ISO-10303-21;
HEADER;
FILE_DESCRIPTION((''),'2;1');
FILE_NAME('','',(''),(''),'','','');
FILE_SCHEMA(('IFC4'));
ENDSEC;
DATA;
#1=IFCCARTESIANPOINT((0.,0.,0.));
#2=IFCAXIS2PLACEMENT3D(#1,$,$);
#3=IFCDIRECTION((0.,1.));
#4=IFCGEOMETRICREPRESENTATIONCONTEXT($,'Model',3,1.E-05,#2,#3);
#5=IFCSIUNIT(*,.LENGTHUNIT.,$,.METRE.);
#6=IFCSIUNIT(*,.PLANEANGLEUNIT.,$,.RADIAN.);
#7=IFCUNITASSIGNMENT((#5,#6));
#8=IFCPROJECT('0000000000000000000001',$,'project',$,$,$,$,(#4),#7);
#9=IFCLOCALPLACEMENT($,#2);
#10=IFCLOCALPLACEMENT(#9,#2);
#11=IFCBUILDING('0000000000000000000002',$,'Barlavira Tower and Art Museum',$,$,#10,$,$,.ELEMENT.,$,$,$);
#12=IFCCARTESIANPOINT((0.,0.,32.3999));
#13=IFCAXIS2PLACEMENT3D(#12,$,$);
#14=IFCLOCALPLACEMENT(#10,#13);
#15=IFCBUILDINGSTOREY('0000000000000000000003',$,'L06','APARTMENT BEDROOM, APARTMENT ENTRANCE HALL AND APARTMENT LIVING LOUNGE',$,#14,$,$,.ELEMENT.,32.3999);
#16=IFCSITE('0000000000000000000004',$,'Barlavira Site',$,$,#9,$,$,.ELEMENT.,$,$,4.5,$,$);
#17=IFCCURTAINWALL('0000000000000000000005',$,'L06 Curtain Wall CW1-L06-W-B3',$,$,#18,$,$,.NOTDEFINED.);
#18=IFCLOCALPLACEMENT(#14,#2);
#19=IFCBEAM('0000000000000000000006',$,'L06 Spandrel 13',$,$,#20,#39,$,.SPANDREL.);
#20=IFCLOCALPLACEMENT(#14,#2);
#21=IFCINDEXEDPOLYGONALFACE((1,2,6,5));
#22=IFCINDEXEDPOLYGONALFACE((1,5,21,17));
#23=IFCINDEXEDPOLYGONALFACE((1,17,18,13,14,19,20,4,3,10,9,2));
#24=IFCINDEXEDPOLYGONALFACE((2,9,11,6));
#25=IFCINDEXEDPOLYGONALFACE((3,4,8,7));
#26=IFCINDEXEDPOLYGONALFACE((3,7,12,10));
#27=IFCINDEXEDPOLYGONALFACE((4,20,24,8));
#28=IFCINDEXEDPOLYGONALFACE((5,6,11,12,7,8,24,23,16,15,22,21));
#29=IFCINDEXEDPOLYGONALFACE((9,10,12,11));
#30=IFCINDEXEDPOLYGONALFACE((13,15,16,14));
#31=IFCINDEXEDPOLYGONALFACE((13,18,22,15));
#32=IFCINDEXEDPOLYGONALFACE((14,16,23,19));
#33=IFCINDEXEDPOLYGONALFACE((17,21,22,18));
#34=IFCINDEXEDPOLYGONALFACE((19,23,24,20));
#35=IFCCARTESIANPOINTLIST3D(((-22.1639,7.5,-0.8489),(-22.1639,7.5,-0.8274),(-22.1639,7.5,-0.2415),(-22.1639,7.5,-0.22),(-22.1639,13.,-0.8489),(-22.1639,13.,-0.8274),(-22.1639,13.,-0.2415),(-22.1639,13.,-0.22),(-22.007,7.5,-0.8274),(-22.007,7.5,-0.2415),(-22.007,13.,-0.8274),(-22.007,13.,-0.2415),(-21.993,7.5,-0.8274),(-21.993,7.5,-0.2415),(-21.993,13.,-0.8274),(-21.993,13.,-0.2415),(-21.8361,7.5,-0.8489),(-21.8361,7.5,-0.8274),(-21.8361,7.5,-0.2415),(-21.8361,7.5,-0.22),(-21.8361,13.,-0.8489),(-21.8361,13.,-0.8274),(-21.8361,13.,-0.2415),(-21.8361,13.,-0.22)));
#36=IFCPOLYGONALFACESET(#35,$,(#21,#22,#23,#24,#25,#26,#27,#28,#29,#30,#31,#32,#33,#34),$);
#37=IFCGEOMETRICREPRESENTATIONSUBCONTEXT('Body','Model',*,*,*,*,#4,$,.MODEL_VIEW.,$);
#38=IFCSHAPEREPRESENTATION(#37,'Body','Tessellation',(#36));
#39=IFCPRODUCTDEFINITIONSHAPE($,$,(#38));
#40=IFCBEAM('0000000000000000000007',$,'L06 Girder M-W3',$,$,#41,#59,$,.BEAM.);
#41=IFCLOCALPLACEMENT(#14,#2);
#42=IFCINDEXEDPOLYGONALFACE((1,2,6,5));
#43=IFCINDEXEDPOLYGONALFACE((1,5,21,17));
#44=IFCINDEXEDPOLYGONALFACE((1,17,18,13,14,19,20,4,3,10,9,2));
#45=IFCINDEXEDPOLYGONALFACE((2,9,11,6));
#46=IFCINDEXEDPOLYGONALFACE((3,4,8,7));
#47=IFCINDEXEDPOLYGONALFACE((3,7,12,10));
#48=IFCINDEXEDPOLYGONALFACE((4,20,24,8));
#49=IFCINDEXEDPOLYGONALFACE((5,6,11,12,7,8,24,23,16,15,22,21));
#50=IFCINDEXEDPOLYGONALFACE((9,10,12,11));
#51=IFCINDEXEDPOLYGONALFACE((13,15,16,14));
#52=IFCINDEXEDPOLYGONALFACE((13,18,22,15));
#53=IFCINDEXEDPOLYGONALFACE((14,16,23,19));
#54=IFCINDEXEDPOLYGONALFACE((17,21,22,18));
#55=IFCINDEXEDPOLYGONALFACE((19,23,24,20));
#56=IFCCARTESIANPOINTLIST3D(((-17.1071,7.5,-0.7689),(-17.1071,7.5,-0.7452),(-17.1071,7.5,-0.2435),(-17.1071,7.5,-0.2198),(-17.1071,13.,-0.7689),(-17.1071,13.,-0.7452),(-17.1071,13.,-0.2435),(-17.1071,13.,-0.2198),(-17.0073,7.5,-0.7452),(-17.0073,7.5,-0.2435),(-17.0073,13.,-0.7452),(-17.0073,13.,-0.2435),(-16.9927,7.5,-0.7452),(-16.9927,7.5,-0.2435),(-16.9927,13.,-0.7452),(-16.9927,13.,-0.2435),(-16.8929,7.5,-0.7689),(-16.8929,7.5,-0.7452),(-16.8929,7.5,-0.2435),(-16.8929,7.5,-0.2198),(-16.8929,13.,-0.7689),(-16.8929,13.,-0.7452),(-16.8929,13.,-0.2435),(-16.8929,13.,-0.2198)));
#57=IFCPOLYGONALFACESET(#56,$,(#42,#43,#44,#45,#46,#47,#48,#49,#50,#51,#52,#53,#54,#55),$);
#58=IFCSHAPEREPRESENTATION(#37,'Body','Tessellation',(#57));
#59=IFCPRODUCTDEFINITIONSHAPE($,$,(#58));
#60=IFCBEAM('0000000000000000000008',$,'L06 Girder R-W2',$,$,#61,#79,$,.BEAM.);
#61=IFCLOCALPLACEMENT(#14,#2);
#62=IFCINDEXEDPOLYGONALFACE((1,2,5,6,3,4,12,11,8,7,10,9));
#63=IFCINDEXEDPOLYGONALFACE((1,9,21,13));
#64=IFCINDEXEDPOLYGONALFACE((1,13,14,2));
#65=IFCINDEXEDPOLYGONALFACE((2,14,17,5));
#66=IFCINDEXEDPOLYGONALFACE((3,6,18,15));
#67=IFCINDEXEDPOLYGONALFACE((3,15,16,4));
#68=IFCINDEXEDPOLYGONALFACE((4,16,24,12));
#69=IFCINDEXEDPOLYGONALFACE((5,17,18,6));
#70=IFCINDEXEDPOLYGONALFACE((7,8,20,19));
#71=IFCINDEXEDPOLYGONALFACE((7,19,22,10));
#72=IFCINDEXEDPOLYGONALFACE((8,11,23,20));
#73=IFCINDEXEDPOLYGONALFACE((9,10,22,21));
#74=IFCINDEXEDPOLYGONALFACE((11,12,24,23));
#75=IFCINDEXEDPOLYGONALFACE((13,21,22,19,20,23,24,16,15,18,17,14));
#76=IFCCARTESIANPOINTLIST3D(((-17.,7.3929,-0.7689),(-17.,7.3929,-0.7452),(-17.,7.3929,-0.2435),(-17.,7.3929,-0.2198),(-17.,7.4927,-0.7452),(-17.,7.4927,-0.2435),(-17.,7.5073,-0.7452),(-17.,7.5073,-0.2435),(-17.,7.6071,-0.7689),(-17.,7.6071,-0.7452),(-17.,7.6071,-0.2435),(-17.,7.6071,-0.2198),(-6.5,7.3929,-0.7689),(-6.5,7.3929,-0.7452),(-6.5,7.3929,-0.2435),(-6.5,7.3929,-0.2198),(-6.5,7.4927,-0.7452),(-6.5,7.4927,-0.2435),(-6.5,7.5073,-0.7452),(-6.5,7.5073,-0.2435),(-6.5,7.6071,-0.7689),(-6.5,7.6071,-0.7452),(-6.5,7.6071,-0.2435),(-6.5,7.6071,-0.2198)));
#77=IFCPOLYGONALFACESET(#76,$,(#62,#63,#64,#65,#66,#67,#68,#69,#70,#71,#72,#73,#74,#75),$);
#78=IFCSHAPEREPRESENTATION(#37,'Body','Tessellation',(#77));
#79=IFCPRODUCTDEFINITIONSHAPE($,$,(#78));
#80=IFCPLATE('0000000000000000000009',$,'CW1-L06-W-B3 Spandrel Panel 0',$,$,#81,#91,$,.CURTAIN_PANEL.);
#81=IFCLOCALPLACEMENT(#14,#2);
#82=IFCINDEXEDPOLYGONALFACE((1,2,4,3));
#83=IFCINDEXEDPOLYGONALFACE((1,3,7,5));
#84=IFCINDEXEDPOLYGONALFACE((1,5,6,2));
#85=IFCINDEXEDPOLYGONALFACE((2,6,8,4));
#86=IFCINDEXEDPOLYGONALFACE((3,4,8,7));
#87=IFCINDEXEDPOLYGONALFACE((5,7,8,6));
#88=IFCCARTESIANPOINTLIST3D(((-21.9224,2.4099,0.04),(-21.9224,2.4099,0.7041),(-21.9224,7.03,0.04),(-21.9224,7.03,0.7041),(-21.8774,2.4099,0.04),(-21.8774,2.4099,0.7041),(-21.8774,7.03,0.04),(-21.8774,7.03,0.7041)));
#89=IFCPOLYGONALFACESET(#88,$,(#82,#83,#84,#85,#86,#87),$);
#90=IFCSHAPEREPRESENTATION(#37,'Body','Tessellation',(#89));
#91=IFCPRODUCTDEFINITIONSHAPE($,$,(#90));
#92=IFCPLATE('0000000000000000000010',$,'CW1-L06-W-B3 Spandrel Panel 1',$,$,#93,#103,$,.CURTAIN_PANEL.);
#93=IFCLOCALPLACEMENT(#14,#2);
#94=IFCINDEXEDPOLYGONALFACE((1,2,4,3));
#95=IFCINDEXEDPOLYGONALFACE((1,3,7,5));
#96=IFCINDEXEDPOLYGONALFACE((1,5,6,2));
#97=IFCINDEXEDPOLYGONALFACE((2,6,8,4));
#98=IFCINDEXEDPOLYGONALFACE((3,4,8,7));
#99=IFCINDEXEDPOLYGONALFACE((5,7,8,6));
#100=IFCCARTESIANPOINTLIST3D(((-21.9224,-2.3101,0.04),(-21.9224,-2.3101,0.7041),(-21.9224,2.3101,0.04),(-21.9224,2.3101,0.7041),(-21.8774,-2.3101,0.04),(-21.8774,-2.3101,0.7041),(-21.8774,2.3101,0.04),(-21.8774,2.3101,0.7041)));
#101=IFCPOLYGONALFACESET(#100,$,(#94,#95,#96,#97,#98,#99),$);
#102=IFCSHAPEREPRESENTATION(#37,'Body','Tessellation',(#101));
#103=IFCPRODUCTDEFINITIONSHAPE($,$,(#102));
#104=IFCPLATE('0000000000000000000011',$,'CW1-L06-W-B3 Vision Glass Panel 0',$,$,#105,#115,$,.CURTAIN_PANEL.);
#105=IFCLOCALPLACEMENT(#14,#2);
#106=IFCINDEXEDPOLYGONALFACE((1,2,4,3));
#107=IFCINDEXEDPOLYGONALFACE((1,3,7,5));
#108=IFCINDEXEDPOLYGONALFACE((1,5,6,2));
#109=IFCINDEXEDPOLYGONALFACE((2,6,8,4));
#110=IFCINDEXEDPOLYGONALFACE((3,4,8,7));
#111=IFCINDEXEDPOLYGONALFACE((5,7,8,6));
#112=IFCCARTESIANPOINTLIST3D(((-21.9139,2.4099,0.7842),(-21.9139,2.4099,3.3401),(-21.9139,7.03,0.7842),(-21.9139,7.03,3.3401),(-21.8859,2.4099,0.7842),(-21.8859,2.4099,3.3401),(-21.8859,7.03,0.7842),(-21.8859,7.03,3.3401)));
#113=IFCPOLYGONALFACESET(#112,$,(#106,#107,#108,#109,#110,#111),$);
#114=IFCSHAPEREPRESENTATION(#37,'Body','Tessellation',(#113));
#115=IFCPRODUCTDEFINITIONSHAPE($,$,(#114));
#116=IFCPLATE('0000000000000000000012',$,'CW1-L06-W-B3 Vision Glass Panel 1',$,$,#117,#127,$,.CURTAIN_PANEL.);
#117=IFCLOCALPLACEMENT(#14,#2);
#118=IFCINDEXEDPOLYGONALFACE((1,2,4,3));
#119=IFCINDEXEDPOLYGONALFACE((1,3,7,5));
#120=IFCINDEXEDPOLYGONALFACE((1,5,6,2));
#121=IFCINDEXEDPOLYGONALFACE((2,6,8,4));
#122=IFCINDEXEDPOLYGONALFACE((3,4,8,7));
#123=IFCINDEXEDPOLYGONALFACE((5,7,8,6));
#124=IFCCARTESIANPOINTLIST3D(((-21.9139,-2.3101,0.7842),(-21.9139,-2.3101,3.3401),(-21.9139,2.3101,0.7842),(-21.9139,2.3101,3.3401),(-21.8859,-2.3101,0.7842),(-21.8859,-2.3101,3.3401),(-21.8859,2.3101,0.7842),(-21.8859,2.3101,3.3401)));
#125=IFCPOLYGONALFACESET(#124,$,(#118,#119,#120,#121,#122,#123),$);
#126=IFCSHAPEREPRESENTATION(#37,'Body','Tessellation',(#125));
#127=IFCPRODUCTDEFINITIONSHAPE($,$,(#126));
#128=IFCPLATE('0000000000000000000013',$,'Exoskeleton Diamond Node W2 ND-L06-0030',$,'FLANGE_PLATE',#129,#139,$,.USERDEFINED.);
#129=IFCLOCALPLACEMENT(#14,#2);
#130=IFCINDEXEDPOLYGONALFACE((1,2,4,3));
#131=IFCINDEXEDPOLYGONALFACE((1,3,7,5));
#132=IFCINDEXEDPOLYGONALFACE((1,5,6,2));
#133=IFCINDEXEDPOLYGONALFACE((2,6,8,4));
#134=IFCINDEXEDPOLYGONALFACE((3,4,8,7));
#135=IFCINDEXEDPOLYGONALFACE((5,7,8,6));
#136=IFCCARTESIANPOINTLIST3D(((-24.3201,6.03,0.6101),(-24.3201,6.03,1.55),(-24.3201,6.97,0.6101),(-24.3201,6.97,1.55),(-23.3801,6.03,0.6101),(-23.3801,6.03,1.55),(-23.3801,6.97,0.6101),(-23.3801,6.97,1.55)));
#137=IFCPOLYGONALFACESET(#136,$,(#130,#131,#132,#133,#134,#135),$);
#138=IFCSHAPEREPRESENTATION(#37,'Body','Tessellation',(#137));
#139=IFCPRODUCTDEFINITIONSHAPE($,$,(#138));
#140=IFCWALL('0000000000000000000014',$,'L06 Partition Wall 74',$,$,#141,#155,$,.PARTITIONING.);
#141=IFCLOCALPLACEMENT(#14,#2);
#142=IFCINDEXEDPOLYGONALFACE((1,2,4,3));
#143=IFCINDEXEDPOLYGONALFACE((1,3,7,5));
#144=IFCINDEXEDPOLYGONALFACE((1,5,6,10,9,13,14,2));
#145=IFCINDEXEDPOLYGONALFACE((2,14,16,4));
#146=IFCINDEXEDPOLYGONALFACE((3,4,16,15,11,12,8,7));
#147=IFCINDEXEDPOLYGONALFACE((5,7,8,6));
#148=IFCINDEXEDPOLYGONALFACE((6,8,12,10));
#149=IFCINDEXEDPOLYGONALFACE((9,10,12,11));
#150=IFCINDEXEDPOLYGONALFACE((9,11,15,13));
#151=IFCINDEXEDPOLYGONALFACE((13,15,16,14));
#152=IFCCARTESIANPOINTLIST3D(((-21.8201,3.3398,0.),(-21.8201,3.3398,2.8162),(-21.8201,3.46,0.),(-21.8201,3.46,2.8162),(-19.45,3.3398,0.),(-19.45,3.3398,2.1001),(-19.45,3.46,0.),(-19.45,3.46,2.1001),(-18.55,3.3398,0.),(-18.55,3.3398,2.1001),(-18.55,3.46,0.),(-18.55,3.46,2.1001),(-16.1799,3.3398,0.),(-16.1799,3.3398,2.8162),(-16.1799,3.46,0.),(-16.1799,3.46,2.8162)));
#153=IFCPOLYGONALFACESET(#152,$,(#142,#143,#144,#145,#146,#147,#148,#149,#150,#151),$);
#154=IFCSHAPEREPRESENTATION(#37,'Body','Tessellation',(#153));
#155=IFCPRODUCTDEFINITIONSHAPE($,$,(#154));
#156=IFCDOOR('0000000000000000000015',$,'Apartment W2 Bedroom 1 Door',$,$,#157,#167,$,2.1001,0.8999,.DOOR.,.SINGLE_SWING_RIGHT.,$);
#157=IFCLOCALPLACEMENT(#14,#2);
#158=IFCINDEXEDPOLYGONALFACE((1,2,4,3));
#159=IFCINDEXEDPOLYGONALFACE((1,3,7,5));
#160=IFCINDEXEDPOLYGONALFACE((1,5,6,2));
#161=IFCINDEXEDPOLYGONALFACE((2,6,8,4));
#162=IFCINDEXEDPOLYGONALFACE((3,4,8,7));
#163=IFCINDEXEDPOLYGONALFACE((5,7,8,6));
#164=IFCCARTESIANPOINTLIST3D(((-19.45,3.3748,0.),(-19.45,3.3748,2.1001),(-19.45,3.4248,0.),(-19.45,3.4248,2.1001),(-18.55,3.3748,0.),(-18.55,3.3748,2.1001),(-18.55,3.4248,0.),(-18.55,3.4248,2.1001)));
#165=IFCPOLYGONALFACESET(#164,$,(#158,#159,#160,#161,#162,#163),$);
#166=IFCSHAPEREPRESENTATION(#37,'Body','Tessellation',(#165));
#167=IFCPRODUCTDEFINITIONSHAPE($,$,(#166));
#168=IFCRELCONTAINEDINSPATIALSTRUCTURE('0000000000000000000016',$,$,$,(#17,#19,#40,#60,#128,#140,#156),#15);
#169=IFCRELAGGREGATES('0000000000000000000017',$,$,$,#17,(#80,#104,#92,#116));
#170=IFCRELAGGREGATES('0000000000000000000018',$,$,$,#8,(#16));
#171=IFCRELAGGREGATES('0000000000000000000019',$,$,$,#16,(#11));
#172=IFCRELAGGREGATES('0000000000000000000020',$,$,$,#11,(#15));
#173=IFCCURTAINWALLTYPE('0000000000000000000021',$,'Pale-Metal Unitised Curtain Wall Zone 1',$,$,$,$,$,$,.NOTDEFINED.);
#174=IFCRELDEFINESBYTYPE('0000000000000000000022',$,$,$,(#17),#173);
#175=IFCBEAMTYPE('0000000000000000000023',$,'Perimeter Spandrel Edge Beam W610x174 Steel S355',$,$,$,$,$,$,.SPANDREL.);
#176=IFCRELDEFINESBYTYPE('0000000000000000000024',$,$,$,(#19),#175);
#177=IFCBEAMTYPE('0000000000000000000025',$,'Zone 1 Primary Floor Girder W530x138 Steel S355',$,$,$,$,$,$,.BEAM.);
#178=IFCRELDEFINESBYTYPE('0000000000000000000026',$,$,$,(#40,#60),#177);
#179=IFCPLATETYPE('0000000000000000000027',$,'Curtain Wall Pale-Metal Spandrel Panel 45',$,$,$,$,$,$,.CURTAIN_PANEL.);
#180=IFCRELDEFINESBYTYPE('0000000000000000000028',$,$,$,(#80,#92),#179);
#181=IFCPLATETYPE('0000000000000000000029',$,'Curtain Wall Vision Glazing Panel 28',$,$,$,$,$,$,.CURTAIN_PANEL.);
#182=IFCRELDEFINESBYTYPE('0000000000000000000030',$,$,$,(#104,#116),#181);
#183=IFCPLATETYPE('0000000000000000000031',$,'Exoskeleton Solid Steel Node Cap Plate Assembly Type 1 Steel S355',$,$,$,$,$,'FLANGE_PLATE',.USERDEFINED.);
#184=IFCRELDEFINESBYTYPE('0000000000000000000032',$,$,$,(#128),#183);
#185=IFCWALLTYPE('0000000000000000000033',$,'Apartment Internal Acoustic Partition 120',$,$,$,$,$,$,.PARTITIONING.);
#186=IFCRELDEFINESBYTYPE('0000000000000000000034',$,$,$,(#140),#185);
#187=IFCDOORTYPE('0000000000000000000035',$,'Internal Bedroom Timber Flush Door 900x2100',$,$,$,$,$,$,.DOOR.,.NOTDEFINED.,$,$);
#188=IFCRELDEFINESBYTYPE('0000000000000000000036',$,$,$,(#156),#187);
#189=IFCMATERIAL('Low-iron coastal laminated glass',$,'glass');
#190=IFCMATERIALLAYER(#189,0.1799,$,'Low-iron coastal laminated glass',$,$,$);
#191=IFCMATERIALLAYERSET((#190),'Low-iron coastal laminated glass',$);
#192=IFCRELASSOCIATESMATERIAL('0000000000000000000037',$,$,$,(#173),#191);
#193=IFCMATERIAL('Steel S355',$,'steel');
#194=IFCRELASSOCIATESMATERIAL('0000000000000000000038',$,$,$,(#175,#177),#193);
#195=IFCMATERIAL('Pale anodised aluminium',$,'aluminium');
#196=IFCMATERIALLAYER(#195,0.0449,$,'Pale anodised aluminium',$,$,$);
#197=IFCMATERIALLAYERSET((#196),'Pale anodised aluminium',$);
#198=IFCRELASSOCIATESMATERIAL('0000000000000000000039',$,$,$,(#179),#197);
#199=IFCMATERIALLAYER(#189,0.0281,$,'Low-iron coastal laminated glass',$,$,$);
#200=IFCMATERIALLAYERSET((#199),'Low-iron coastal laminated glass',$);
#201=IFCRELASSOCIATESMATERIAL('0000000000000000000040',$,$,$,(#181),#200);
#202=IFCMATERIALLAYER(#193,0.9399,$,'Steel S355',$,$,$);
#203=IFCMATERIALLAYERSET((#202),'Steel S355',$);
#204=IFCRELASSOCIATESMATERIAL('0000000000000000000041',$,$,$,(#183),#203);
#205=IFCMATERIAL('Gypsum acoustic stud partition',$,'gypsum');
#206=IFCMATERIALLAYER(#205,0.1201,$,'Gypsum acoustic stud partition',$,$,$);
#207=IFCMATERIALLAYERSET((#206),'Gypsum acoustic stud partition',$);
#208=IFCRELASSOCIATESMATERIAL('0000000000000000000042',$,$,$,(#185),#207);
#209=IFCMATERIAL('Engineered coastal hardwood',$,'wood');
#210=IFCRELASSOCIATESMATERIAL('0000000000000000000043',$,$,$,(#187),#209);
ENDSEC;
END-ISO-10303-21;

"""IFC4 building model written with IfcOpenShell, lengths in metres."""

from ifc_helpers import new_model, si_unit, direction, frame, frame_2d, origin, origin_2d, place, context, subcontext, project, spatial, rectangle, i_section, extrude, material, layer, layer_set, material_profile, profile_set, type_object, element, fill, aggregate, save


model = new_model("IFC4")

# Units and contexts
model_context = context("Model", 3, precision=1e-05, world=origin(), true_north=direction((0.0, 1.0)))
body_context = subcontext(model_context, "Body", "Model", "MODEL_VIEW")
ifc_project = project(units=[si_unit("LENGTHUNIT", "METRE"), si_unit("PLANEANGLEUNIT", "RADIAN")], contexts=[model_context])

# Site, building, storey
site_placement = place(None, origin())
site = spatial("IfcSite", under=ifc_project, at=site_placement, Name="Barlavira Site", CompositionType="ELEMENT", RefElevation=4.5)
building_placement = place(site_placement, origin())
building = spatial("IfcBuilding", under=site, at=building_placement, Name="Barlavira Tower and Art Museum", CompositionType="ELEMENT")
storey_placement = place(building_placement, frame((0.0, 0.0, 32.3999)))
storey = spatial("IfcBuildingStorey", under=building, at=storey_placement, Name="L06", Description="APARTMENT BEDROOM, APARTMENT ENTRANCE HALL AND APARTMENT LIVING LOUNGE", CompositionType="ELEMENT", Elevation=32.3999)

# Curtain wall
ifc_material_1 = material(Name="Low-iron coastal laminated glass", Category="glass")
ifc_layer_1 = layer(ifc_material_1, 0.1799, Name="Low-iron coastal laminated glass")
ifc_layer_set_1 = layer_set([ifc_layer_1], Name="Low-iron coastal laminated glass")
curtain_wall_type = type_object("IfcCurtainWallType", Name="Pale-Metal Unitised Curtain Wall Zone 1", PredefinedType="NOTDEFINED", material=ifc_layer_set_1)
curtain_wall_placement = place(storey_placement, origin())
curtain_wall = element("IfcCurtainWall", 1, at=curtain_wall_placement, inside=storey, type_object=curtain_wall_type, Name="L06 Curtain Wall CW1-L06-W-B3", PredefinedType="NOTDEFINED")
ifc_material_2 = material(Name="Pale anodised aluminium", Category="aluminium")

# Beams
ifc_material_3 = material(Name="Steel S355", Category="steel")
ifc_material_profile_1 = material_profile(ifc_material_3, i_section(OverallWidth=0.3279, OverallDepth=0.6289, WebThickness=0.0139, FlangeThickness=0.0215, at=origin_2d()), Name="W610x174.0")
ifc_profile_set_1 = profile_set([ifc_material_profile_1], Name="Steel S355")
beam_type_1 = type_object("IfcBeamType", Name="Perimeter Spandrel Edge Beam W610x174 Steel S355", PredefinedType="SPANDREL", material=ifc_profile_set_1)
beam_1_placement = place(storey_placement, frame((-22.0, 7.5, -0.5344), z_axis=(0.0, 1.0, 0.0), x_axis=(-1.0, 0.0, 0.0)))
element("IfcBeam", 2, at=beam_1_placement, inside=storey, type_object=beam_type_1, Name="L06 Spandrel 13", PredefinedType="SPANDREL", context=body_context, shape_type="SweptSolid", body=[
    extrude(i_section(OverallWidth=0.3279, OverallDepth=0.6289, WebThickness=0.0139, FlangeThickness=0.0215, at=origin_2d()), origin(), (0.0, 0.0, 1.0), 5.5),
])
ifc_material_profile_2 = material_profile(ifc_material_3, i_section(OverallWidth=0.2141, OverallDepth=0.5491, WebThickness=0.0146, FlangeThickness=0.0237, at=origin_2d()), Name="W530x138.0")
ifc_profile_set_2 = profile_set([ifc_material_profile_2], Name="Steel S355")
beam_type_2 = type_object("IfcBeamType", Name="Zone 1 Primary Floor Girder W530x138 Steel S355", PredefinedType="BEAM", material=ifc_profile_set_2)
beam_2_placement = place(storey_placement, frame((-17.0, 7.5, -0.4944), z_axis=(0.0, 1.0, 0.0), x_axis=(-1.0, 0.0, 0.0)))
element("IfcBeam", 3, at=beam_2_placement, inside=storey, type_object=beam_type_2, Name="L06 Girder M-W3", PredefinedType="BEAM", context=body_context, shape_type="SweptSolid", body=[
    extrude(i_section(OverallWidth=0.2141, OverallDepth=0.5491, WebThickness=0.0146, FlangeThickness=0.0237, at=origin_2d()), origin(), (0.0, 0.0, 1.0), 5.5),
])
beam_3_placement = place(storey_placement, frame((-17.0, 7.5, -0.4944), z_axis=(1.0, 0.0, 0.0), x_axis=(0.0, 1.0, 0.0)))
element("IfcBeam", 4, at=beam_3_placement, inside=storey, type_object=beam_type_2, Name="L06 Girder R-W2", PredefinedType="BEAM", context=body_context, shape_type="SweptSolid", body=[
    extrude(i_section(OverallWidth=0.2141, OverallDepth=0.5491, WebThickness=0.0146, FlangeThickness=0.0237, at=origin_2d()), origin(), (0.0, 0.0, 1.0), 10.5),
])

# Plates
ifc_layer_2 = layer(ifc_material_2, 0.0449, Name="Pale anodised aluminium")
ifc_layer_set_2 = layer_set([ifc_layer_2], Name="Pale anodised aluminium")
plate_type_1 = type_object("IfcPlateType", Name="Curtain Wall Pale-Metal Spandrel Panel 45", PredefinedType="CURTAIN_PANEL", material=ifc_layer_set_2)
plate_1_placement = place(storey_placement, frame((-21.8999, 4.72, 0.04), z_axis=(0.0, 0.0, 1.0), x_axis=(0.0, -1.0, 0.0)))
plate_1 = element("IfcPlate", 5, at=plate_1_placement, type_object=plate_type_1, Name="CW1-L06-W-B3 Spandrel Panel 0", PredefinedType="CURTAIN_PANEL", context=body_context, shape_type="SweptSolid", body=[
    extrude(rectangle(XDim=4.6201, YDim=0.0449, at=origin_2d()), origin(), (0.0, 0.0, 1.0), 0.6641),
])
plate_2_placement = place(storey_placement, frame((-21.8999, 0.0, 0.04), z_axis=(0.0, 0.0, 1.0), x_axis=(0.0, -1.0, 0.0)))
plate_2 = element("IfcPlate", 6, at=plate_2_placement, type_object=plate_type_1, Name="CW1-L06-W-B3 Spandrel Panel 1", PredefinedType="CURTAIN_PANEL", context=body_context, shape_type="SweptSolid", body=[
    extrude(rectangle(XDim=4.6201, YDim=0.0449, at=origin_2d()), origin(), (0.0, 0.0, 1.0), 0.6641),
])
ifc_layer_3 = layer(ifc_material_1, 0.0281, Name="Low-iron coastal laminated glass")
ifc_layer_set_3 = layer_set([ifc_layer_3], Name="Low-iron coastal laminated glass")
plate_type_2 = type_object("IfcPlateType", Name="Curtain Wall Vision Glazing Panel 28", PredefinedType="CURTAIN_PANEL", material=ifc_layer_set_3)
plate_3_placement = place(storey_placement, frame((-21.8999, 4.72, 0.7842), z_axis=(0.0, 0.0, 1.0), x_axis=(0.0, -1.0, 0.0)))
plate_3 = element("IfcPlate", 7, at=plate_3_placement, type_object=plate_type_2, Name="CW1-L06-W-B3 Vision Glass Panel 0", PredefinedType="CURTAIN_PANEL", context=body_context, shape_type="SweptSolid", body=[
    extrude(rectangle(XDim=4.6201, YDim=0.0281, at=origin_2d()), origin(), (0.0, 0.0, 1.0), 2.5559),
])
plate_4_placement = place(storey_placement, frame((-21.8999, 0.0, 0.7842), z_axis=(0.0, 0.0, 1.0), x_axis=(0.0, -1.0, 0.0)))
plate_4 = element("IfcPlate", 8, at=plate_4_placement, type_object=plate_type_2, Name="CW1-L06-W-B3 Vision Glass Panel 1", PredefinedType="CURTAIN_PANEL", context=body_context, shape_type="SweptSolid", body=[
    extrude(rectangle(XDim=4.6201, YDim=0.0281, at=origin_2d()), origin(), (0.0, 0.0, 1.0), 2.5559),
])
aggregate(curtain_wall, [plate_1, plate_3, plate_2, plate_4])
ifc_layer_4 = layer(ifc_material_3, 0.9399, Name="Steel S355")
ifc_layer_set_4 = layer_set([ifc_layer_4], Name="Steel S355")
plate_type_3 = type_object("IfcPlateType", Name="Exoskeleton Solid Steel Node Cap Plate Assembly Type 1 Steel S355", ElementType="FLANGE_PLATE", PredefinedType="USERDEFINED", material=ifc_layer_set_4)
plate_5_placement = place(storey_placement, frame((-23.8501, 6.5, 0.6101), z_axis=(0.0, 0.0, 1.0), x_axis=(1.0, 0.0, 0.0)))
element("IfcPlate", 9, at=plate_5_placement, inside=storey, type_object=plate_type_3, Name="Exoskeleton Diamond Node W2 ND-L06-0030", ObjectType="FLANGE_PLATE", PredefinedType="USERDEFINED", context=body_context, shape_type="SweptSolid", body=[
    extrude(rectangle(XDim=0.9399, YDim=0.9399, at=origin_2d()), origin(), (0.0, 0.0, 1.0), 0.9399),
])

# Wall, opening, door
ifc_material_4 = material(Name="Gypsum acoustic stud partition", Category="gypsum")
ifc_layer_5 = layer(ifc_material_4, 0.1201, Name="Gypsum acoustic stud partition")
ifc_layer_set_5 = layer_set([ifc_layer_5], Name="Gypsum acoustic stud partition")
wall_type_1 = type_object("IfcWallType", Name="Apartment Internal Acoustic Partition 120", PredefinedType="PARTITIONING", material=ifc_layer_set_5)
wall_1_placement = place(storey_placement, frame((-21.8201, 3.3999, 0.0), z_axis=(0.0, 0.0, 1.0), x_axis=(1.0, 0.0, 0.0)))
wall_1 = element("IfcWall", 10, at=wall_1_placement, inside=storey, type_object=wall_type_1, Name="L06 Partition Wall 74", PredefinedType="PARTITIONING", context=body_context, shape_type="SweptSolid", body=[
    extrude(rectangle(XDim=5.6401, YDim=0.1201, at=frame_2d((2.8201, 0.0))), origin(), (0.0, 0.0, 1.0), 2.8162),
])
opening_1_placement = place(wall_1_placement, frame((2.3701, 0.0, 0.0)))
opening_1 = element("IfcOpeningElement", 11, at=opening_1_placement, cuts=wall_1, PredefinedType="OPENING", context=body_context, shape_type="SweptSolid", body=[
    extrude(rectangle(XDim=0.8999, YDim=2.1001, at=frame_2d((0.45, 1.05))), frame((0.0, 0.0701, 0.0), z_axis=(0.0, -1.0, 0.0), x_axis=(1.0, 0.0, 0.0)), (0.0, 0.0, 1.0), 0.1401),
])
ifc_material_5 = material(Name="Engineered coastal hardwood", Category="wood")
door_type_1 = type_object("IfcDoorType", Name="Internal Bedroom Timber Flush Door 900x2100", OperationType="NOTDEFINED", PredefinedType="DOOR", material=ifc_material_5)
door_1_placement = place(opening_1_placement, origin())
door_1 = element("IfcDoor", 12, at=door_1_placement, inside=storey, type_object=door_type_1, Name="Apartment W2 Bedroom 1 Door", OperationType="SINGLE_SWING_RIGHT", OverallHeight=2.1001, OverallWidth=0.8999, PredefinedType="DOOR", context=body_context, shape_type="SweptSolid", body=[
    extrude(rectangle(XDim=0.8999, YDim=2.1001, at=frame_2d((0.45, 1.05))), frame((0.0, 0.0249, 0.0), z_axis=(0.0, -1.0, 0.0), x_axis=(1.0, 0.0, 0.0)), (0.0, 0.0, 1.0), 0.05),
])
fill(opening_1, door_1)

save(model, "model.ifc")
